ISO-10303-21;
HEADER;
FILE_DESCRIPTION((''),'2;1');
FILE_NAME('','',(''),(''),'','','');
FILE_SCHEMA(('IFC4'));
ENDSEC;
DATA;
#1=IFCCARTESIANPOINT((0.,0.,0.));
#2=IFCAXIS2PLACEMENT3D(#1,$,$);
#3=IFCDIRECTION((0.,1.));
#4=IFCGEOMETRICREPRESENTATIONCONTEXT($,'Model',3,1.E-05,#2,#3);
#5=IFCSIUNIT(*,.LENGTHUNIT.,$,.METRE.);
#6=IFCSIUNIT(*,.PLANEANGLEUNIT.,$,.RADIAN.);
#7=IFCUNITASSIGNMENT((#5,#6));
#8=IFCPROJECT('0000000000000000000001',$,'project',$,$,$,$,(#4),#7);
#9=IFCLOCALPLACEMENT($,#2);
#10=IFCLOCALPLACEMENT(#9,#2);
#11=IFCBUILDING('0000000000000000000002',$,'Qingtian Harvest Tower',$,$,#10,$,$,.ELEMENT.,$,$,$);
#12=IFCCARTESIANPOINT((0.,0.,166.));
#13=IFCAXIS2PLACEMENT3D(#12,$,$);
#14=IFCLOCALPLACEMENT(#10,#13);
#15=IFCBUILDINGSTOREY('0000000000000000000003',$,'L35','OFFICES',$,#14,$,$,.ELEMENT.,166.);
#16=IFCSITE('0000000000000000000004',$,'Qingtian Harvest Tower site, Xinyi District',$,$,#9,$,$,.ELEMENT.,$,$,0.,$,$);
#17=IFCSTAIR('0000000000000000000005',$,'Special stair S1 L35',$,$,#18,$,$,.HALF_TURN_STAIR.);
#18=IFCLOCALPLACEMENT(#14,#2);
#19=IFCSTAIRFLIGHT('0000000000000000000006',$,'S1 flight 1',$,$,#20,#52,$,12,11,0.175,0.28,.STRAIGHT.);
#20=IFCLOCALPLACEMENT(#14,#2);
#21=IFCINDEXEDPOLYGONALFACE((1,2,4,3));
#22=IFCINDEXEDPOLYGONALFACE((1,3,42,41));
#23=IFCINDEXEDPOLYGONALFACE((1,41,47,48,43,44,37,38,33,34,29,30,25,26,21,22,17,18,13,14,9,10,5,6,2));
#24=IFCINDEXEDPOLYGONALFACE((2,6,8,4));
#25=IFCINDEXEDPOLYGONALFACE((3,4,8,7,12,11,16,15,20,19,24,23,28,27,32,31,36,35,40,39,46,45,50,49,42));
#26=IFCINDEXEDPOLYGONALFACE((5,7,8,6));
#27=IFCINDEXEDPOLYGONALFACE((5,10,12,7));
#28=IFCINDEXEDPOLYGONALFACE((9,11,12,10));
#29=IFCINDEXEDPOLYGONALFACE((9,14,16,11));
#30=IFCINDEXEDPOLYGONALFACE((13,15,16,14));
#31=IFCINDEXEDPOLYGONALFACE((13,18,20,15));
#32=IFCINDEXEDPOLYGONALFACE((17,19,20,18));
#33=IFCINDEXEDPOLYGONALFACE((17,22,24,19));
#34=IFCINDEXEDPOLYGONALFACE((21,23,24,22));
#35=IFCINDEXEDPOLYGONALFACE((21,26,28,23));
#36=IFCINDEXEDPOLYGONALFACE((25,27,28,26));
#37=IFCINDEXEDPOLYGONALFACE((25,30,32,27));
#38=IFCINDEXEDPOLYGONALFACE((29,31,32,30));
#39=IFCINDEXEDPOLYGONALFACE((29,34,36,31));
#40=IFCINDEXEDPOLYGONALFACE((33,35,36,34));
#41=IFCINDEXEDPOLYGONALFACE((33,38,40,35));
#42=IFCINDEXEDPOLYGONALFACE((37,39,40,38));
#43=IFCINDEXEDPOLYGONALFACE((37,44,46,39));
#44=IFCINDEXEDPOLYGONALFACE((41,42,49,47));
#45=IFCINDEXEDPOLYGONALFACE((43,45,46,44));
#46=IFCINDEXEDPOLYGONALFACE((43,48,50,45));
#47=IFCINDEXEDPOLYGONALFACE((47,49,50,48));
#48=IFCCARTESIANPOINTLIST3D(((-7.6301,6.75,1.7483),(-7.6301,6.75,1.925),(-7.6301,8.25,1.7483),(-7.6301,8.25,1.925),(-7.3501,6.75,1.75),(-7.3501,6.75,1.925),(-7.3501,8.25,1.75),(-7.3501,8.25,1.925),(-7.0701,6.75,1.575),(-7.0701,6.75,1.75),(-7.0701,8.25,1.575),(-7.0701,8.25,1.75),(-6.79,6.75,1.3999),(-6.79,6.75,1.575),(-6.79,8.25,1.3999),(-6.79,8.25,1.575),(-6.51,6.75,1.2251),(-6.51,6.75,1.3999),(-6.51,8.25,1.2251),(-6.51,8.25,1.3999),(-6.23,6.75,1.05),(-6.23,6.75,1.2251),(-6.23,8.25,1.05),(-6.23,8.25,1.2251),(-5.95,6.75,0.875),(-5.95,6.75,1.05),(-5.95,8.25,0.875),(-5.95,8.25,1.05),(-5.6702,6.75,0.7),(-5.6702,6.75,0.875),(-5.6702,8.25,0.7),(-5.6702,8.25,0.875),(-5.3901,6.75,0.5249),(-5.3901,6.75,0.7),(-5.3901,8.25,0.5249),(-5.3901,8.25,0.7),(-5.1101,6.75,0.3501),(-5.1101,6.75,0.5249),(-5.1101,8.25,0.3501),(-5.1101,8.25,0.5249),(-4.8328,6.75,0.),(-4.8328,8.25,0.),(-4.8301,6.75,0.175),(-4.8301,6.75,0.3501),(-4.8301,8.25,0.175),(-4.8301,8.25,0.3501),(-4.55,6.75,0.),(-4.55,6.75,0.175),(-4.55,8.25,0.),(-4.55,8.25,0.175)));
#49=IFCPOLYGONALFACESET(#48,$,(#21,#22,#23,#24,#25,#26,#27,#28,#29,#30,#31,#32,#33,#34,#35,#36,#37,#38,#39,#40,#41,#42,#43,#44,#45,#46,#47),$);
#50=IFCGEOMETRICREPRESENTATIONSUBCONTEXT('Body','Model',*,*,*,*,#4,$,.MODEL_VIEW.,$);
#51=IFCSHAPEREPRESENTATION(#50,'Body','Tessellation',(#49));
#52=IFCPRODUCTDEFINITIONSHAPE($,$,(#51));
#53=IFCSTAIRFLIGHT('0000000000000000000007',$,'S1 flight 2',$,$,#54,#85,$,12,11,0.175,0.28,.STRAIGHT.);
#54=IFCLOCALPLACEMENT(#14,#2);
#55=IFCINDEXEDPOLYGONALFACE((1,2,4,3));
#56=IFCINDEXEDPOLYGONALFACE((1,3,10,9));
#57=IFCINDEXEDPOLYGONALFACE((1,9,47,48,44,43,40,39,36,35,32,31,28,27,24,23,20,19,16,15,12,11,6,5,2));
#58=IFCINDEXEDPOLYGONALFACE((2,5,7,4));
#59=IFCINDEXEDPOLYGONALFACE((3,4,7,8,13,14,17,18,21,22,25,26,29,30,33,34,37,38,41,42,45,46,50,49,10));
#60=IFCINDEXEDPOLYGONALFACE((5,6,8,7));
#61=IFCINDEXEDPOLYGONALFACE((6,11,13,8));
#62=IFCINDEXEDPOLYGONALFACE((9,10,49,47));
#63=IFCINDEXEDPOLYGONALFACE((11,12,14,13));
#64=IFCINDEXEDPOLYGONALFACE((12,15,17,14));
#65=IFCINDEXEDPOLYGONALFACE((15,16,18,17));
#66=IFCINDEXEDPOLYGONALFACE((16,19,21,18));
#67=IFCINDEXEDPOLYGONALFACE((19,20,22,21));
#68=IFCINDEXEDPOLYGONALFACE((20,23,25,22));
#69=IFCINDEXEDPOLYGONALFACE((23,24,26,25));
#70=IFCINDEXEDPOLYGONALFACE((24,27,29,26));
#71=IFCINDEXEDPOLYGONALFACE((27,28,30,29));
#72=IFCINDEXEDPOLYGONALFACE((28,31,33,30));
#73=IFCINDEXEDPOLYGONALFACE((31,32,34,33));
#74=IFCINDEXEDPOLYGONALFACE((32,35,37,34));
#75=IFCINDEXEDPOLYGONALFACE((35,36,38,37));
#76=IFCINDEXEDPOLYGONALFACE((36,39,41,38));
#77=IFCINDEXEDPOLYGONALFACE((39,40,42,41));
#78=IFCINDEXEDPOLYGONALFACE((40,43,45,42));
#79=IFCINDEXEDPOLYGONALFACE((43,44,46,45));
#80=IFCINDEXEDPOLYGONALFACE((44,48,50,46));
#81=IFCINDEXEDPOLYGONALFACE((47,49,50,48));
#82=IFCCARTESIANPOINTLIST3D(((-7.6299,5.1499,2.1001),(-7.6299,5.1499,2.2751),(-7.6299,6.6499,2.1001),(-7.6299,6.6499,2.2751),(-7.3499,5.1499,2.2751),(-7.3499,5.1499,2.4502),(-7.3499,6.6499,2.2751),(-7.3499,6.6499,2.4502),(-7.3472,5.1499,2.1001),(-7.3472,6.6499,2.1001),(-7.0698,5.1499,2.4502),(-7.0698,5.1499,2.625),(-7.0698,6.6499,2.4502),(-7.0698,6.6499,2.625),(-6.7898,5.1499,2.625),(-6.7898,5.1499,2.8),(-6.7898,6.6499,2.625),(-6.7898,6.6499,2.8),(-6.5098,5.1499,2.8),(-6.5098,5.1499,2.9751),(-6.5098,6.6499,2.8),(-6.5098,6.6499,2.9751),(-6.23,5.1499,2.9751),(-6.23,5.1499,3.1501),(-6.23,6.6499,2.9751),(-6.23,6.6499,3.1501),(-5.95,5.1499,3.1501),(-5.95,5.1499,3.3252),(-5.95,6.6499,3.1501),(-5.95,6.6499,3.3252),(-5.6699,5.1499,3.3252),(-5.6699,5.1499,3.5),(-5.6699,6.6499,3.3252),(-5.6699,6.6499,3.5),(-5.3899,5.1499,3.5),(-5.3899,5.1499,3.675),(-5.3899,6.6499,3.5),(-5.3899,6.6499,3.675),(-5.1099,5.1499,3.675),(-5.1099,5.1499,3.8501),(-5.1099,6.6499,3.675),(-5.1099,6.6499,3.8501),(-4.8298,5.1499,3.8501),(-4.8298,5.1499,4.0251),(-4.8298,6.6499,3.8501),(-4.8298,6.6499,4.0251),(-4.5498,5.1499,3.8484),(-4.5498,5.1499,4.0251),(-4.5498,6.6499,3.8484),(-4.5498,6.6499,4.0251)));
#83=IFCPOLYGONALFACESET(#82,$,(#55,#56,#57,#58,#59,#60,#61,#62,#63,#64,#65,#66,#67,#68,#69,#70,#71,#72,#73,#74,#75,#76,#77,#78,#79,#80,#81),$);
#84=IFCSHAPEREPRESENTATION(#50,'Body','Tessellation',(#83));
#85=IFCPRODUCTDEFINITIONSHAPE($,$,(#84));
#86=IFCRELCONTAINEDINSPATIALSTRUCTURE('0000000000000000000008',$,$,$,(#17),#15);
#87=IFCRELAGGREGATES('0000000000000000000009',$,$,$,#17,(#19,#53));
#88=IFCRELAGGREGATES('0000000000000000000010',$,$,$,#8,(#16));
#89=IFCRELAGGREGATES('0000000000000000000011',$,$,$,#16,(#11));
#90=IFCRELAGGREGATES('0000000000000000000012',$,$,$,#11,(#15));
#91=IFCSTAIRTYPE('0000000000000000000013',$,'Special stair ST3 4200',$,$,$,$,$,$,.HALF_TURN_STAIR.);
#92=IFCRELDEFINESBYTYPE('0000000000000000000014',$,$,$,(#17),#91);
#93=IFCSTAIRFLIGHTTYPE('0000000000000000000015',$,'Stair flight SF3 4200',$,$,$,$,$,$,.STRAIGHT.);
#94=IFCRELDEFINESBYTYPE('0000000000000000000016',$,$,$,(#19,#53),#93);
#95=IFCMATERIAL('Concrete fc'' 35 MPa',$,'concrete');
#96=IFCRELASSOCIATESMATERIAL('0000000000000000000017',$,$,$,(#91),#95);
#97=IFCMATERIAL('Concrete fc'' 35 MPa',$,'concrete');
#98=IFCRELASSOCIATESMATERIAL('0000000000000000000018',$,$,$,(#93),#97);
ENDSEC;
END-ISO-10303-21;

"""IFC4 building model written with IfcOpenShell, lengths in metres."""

from ifc_helpers import new_model, si_unit, direction, frame, origin, place, context, subcontext, project, spatial, polyline, outline, extrude, material, type_object, element, aggregate, save


model = new_model("IFC4")

# Units and contexts
model_context = context("Model", 3, precision=1e-05, world=origin(), true_north=direction((0.0, 1.0)))
body_context = subcontext(model_context, "Body", "Model", "MODEL_VIEW")
ifc_project = project(units=[si_unit("LENGTHUNIT", "METRE"), si_unit("PLANEANGLEUNIT", "RADIAN")], contexts=[model_context])

# Site, building, storey
site_placement = place(None, origin())
site = spatial("IfcSite", under=ifc_project, at=site_placement, Name="Qingtian Harvest Tower site, Xinyi District", CompositionType="ELEMENT", RefElevation=0.0)
building_placement = place(site_placement, origin())
building = spatial("IfcBuilding", under=site, at=building_placement, Name="Qingtian Harvest Tower", CompositionType="ELEMENT")
storey_placement = place(building_placement, frame((0.0, 0.0, 166.0)))
storey = spatial("IfcBuildingStorey", under=building, at=storey_placement, Name="L35", Description="OFFICES", CompositionType="ELEMENT", Elevation=166.0)

# Stair, stair flights
ifc_material_1 = material(Name="Concrete fc' 35 MPa", Category="concrete")
stair_type = type_object("IfcStairType", Name="Special stair ST3 4200", PredefinedType="HALF_TURN_STAIR", material=ifc_material_1)
stair_placement = place(storey_placement, origin())
stair = element("IfcStair", 1, at=stair_placement, inside=storey, type_object=stair_type, Name="Special stair S1 L35", PredefinedType="HALF_TURN_STAIR")
ifc_material_2 = material(Name="Concrete fc' 35 MPa", Category="concrete")
stair_flight_type = type_object("IfcStairFlightType", Name="Stair flight SF3 4200", PredefinedType="STRAIGHT", material=ifc_material_2)
stair_flight_1_placement = place(storey_placement, frame((-4.55, 7.5, 0.0), z_axis=(0.0, 0.0, 1.0), x_axis=(-1.0, 0.0, 0.0)))
stair_flight_1 = element("IfcStairFlight", 2, at=stair_flight_1_placement, type_object=stair_flight_type, Name="S1 flight 1", NumberOfRisers=12, NumberOfTreads=11, PredefinedType="STRAIGHT", RiserHeight=0.175, TreadLength=0.28, context=body_context, shape_type="SweptSolid", body=[
    extrude(outline(polyline([(0.0, 0.0), (0.0, 0.175), (0.28, 0.175), (0.28, 0.3501), (0.5601, 0.3501), (0.5601, 0.5249), (0.8401, 0.5249), (0.8401, 0.7), (1.1201, 0.7), (1.1201, 0.875), (1.3999, 0.875), (1.3999, 1.05), (1.6799, 1.05), (1.6799, 1.2251), (1.96, 1.2251), (1.96, 1.3999), (2.24, 1.3999), (2.24, 1.575), (2.52, 1.575), (2.52, 1.75), (2.8, 1.75), (2.8, 1.925), (3.0801, 1.925), (3.0801, 2.1001), (3.0801, 1.7483), (0.2827, 0.0), (0.0, 0.0)])), frame((0.0, 0.75, 0.0), z_axis=(0.0, -1.0, 0.0), x_axis=(1.0, 0.0, 0.0)), (0.0, 0.0, 1.0), 1.5),
])
stair_flight_2_placement = place(storey_placement, frame((-7.6299, 5.8999, 2.1001), z_axis=(0.0, 0.0, 1.0), x_axis=(1.0, 0.0, 0.0)))
stair_flight_2 = element("IfcStairFlight", 3, at=stair_flight_2_placement, type_object=stair_flight_type, Name="S1 flight 2", NumberOfRisers=12, NumberOfTreads=11, PredefinedType="STRAIGHT", RiserHeight=0.175, TreadLength=0.28, context=body_context, shape_type="SweptSolid", body=[
    extrude(outline(polyline([(0.0, 0.0), (0.0, 0.175), (0.28, 0.175), (0.28, 0.3501), (0.5601, 0.3501), (0.5601, 0.5249), (0.8401, 0.5249), (0.8401, 0.7), (1.1201, 0.7), (1.1201, 0.875), (1.3999, 0.875), (1.3999, 1.05), (1.6799, 1.05), (1.6799, 1.2251), (1.96, 1.2251), (1.96, 1.3999), (2.24, 1.3999), (2.24, 1.575), (2.52, 1.575), (2.52, 1.75), (2.8, 1.75), (2.8, 1.925), (3.0801, 1.925), (3.0801, 2.1001), (3.0801, 1.7483), (0.2827, 0.0), (0.0, 0.0)])), frame((0.0, 0.75, 0.0), z_axis=(0.0, -1.0, 0.0), x_axis=(1.0, 0.0, 0.0)), (0.0, 0.0, 1.0), 1.5),
])
aggregate(stair, [stair_flight_1, stair_flight_2])

save(model, "model.ifc")
